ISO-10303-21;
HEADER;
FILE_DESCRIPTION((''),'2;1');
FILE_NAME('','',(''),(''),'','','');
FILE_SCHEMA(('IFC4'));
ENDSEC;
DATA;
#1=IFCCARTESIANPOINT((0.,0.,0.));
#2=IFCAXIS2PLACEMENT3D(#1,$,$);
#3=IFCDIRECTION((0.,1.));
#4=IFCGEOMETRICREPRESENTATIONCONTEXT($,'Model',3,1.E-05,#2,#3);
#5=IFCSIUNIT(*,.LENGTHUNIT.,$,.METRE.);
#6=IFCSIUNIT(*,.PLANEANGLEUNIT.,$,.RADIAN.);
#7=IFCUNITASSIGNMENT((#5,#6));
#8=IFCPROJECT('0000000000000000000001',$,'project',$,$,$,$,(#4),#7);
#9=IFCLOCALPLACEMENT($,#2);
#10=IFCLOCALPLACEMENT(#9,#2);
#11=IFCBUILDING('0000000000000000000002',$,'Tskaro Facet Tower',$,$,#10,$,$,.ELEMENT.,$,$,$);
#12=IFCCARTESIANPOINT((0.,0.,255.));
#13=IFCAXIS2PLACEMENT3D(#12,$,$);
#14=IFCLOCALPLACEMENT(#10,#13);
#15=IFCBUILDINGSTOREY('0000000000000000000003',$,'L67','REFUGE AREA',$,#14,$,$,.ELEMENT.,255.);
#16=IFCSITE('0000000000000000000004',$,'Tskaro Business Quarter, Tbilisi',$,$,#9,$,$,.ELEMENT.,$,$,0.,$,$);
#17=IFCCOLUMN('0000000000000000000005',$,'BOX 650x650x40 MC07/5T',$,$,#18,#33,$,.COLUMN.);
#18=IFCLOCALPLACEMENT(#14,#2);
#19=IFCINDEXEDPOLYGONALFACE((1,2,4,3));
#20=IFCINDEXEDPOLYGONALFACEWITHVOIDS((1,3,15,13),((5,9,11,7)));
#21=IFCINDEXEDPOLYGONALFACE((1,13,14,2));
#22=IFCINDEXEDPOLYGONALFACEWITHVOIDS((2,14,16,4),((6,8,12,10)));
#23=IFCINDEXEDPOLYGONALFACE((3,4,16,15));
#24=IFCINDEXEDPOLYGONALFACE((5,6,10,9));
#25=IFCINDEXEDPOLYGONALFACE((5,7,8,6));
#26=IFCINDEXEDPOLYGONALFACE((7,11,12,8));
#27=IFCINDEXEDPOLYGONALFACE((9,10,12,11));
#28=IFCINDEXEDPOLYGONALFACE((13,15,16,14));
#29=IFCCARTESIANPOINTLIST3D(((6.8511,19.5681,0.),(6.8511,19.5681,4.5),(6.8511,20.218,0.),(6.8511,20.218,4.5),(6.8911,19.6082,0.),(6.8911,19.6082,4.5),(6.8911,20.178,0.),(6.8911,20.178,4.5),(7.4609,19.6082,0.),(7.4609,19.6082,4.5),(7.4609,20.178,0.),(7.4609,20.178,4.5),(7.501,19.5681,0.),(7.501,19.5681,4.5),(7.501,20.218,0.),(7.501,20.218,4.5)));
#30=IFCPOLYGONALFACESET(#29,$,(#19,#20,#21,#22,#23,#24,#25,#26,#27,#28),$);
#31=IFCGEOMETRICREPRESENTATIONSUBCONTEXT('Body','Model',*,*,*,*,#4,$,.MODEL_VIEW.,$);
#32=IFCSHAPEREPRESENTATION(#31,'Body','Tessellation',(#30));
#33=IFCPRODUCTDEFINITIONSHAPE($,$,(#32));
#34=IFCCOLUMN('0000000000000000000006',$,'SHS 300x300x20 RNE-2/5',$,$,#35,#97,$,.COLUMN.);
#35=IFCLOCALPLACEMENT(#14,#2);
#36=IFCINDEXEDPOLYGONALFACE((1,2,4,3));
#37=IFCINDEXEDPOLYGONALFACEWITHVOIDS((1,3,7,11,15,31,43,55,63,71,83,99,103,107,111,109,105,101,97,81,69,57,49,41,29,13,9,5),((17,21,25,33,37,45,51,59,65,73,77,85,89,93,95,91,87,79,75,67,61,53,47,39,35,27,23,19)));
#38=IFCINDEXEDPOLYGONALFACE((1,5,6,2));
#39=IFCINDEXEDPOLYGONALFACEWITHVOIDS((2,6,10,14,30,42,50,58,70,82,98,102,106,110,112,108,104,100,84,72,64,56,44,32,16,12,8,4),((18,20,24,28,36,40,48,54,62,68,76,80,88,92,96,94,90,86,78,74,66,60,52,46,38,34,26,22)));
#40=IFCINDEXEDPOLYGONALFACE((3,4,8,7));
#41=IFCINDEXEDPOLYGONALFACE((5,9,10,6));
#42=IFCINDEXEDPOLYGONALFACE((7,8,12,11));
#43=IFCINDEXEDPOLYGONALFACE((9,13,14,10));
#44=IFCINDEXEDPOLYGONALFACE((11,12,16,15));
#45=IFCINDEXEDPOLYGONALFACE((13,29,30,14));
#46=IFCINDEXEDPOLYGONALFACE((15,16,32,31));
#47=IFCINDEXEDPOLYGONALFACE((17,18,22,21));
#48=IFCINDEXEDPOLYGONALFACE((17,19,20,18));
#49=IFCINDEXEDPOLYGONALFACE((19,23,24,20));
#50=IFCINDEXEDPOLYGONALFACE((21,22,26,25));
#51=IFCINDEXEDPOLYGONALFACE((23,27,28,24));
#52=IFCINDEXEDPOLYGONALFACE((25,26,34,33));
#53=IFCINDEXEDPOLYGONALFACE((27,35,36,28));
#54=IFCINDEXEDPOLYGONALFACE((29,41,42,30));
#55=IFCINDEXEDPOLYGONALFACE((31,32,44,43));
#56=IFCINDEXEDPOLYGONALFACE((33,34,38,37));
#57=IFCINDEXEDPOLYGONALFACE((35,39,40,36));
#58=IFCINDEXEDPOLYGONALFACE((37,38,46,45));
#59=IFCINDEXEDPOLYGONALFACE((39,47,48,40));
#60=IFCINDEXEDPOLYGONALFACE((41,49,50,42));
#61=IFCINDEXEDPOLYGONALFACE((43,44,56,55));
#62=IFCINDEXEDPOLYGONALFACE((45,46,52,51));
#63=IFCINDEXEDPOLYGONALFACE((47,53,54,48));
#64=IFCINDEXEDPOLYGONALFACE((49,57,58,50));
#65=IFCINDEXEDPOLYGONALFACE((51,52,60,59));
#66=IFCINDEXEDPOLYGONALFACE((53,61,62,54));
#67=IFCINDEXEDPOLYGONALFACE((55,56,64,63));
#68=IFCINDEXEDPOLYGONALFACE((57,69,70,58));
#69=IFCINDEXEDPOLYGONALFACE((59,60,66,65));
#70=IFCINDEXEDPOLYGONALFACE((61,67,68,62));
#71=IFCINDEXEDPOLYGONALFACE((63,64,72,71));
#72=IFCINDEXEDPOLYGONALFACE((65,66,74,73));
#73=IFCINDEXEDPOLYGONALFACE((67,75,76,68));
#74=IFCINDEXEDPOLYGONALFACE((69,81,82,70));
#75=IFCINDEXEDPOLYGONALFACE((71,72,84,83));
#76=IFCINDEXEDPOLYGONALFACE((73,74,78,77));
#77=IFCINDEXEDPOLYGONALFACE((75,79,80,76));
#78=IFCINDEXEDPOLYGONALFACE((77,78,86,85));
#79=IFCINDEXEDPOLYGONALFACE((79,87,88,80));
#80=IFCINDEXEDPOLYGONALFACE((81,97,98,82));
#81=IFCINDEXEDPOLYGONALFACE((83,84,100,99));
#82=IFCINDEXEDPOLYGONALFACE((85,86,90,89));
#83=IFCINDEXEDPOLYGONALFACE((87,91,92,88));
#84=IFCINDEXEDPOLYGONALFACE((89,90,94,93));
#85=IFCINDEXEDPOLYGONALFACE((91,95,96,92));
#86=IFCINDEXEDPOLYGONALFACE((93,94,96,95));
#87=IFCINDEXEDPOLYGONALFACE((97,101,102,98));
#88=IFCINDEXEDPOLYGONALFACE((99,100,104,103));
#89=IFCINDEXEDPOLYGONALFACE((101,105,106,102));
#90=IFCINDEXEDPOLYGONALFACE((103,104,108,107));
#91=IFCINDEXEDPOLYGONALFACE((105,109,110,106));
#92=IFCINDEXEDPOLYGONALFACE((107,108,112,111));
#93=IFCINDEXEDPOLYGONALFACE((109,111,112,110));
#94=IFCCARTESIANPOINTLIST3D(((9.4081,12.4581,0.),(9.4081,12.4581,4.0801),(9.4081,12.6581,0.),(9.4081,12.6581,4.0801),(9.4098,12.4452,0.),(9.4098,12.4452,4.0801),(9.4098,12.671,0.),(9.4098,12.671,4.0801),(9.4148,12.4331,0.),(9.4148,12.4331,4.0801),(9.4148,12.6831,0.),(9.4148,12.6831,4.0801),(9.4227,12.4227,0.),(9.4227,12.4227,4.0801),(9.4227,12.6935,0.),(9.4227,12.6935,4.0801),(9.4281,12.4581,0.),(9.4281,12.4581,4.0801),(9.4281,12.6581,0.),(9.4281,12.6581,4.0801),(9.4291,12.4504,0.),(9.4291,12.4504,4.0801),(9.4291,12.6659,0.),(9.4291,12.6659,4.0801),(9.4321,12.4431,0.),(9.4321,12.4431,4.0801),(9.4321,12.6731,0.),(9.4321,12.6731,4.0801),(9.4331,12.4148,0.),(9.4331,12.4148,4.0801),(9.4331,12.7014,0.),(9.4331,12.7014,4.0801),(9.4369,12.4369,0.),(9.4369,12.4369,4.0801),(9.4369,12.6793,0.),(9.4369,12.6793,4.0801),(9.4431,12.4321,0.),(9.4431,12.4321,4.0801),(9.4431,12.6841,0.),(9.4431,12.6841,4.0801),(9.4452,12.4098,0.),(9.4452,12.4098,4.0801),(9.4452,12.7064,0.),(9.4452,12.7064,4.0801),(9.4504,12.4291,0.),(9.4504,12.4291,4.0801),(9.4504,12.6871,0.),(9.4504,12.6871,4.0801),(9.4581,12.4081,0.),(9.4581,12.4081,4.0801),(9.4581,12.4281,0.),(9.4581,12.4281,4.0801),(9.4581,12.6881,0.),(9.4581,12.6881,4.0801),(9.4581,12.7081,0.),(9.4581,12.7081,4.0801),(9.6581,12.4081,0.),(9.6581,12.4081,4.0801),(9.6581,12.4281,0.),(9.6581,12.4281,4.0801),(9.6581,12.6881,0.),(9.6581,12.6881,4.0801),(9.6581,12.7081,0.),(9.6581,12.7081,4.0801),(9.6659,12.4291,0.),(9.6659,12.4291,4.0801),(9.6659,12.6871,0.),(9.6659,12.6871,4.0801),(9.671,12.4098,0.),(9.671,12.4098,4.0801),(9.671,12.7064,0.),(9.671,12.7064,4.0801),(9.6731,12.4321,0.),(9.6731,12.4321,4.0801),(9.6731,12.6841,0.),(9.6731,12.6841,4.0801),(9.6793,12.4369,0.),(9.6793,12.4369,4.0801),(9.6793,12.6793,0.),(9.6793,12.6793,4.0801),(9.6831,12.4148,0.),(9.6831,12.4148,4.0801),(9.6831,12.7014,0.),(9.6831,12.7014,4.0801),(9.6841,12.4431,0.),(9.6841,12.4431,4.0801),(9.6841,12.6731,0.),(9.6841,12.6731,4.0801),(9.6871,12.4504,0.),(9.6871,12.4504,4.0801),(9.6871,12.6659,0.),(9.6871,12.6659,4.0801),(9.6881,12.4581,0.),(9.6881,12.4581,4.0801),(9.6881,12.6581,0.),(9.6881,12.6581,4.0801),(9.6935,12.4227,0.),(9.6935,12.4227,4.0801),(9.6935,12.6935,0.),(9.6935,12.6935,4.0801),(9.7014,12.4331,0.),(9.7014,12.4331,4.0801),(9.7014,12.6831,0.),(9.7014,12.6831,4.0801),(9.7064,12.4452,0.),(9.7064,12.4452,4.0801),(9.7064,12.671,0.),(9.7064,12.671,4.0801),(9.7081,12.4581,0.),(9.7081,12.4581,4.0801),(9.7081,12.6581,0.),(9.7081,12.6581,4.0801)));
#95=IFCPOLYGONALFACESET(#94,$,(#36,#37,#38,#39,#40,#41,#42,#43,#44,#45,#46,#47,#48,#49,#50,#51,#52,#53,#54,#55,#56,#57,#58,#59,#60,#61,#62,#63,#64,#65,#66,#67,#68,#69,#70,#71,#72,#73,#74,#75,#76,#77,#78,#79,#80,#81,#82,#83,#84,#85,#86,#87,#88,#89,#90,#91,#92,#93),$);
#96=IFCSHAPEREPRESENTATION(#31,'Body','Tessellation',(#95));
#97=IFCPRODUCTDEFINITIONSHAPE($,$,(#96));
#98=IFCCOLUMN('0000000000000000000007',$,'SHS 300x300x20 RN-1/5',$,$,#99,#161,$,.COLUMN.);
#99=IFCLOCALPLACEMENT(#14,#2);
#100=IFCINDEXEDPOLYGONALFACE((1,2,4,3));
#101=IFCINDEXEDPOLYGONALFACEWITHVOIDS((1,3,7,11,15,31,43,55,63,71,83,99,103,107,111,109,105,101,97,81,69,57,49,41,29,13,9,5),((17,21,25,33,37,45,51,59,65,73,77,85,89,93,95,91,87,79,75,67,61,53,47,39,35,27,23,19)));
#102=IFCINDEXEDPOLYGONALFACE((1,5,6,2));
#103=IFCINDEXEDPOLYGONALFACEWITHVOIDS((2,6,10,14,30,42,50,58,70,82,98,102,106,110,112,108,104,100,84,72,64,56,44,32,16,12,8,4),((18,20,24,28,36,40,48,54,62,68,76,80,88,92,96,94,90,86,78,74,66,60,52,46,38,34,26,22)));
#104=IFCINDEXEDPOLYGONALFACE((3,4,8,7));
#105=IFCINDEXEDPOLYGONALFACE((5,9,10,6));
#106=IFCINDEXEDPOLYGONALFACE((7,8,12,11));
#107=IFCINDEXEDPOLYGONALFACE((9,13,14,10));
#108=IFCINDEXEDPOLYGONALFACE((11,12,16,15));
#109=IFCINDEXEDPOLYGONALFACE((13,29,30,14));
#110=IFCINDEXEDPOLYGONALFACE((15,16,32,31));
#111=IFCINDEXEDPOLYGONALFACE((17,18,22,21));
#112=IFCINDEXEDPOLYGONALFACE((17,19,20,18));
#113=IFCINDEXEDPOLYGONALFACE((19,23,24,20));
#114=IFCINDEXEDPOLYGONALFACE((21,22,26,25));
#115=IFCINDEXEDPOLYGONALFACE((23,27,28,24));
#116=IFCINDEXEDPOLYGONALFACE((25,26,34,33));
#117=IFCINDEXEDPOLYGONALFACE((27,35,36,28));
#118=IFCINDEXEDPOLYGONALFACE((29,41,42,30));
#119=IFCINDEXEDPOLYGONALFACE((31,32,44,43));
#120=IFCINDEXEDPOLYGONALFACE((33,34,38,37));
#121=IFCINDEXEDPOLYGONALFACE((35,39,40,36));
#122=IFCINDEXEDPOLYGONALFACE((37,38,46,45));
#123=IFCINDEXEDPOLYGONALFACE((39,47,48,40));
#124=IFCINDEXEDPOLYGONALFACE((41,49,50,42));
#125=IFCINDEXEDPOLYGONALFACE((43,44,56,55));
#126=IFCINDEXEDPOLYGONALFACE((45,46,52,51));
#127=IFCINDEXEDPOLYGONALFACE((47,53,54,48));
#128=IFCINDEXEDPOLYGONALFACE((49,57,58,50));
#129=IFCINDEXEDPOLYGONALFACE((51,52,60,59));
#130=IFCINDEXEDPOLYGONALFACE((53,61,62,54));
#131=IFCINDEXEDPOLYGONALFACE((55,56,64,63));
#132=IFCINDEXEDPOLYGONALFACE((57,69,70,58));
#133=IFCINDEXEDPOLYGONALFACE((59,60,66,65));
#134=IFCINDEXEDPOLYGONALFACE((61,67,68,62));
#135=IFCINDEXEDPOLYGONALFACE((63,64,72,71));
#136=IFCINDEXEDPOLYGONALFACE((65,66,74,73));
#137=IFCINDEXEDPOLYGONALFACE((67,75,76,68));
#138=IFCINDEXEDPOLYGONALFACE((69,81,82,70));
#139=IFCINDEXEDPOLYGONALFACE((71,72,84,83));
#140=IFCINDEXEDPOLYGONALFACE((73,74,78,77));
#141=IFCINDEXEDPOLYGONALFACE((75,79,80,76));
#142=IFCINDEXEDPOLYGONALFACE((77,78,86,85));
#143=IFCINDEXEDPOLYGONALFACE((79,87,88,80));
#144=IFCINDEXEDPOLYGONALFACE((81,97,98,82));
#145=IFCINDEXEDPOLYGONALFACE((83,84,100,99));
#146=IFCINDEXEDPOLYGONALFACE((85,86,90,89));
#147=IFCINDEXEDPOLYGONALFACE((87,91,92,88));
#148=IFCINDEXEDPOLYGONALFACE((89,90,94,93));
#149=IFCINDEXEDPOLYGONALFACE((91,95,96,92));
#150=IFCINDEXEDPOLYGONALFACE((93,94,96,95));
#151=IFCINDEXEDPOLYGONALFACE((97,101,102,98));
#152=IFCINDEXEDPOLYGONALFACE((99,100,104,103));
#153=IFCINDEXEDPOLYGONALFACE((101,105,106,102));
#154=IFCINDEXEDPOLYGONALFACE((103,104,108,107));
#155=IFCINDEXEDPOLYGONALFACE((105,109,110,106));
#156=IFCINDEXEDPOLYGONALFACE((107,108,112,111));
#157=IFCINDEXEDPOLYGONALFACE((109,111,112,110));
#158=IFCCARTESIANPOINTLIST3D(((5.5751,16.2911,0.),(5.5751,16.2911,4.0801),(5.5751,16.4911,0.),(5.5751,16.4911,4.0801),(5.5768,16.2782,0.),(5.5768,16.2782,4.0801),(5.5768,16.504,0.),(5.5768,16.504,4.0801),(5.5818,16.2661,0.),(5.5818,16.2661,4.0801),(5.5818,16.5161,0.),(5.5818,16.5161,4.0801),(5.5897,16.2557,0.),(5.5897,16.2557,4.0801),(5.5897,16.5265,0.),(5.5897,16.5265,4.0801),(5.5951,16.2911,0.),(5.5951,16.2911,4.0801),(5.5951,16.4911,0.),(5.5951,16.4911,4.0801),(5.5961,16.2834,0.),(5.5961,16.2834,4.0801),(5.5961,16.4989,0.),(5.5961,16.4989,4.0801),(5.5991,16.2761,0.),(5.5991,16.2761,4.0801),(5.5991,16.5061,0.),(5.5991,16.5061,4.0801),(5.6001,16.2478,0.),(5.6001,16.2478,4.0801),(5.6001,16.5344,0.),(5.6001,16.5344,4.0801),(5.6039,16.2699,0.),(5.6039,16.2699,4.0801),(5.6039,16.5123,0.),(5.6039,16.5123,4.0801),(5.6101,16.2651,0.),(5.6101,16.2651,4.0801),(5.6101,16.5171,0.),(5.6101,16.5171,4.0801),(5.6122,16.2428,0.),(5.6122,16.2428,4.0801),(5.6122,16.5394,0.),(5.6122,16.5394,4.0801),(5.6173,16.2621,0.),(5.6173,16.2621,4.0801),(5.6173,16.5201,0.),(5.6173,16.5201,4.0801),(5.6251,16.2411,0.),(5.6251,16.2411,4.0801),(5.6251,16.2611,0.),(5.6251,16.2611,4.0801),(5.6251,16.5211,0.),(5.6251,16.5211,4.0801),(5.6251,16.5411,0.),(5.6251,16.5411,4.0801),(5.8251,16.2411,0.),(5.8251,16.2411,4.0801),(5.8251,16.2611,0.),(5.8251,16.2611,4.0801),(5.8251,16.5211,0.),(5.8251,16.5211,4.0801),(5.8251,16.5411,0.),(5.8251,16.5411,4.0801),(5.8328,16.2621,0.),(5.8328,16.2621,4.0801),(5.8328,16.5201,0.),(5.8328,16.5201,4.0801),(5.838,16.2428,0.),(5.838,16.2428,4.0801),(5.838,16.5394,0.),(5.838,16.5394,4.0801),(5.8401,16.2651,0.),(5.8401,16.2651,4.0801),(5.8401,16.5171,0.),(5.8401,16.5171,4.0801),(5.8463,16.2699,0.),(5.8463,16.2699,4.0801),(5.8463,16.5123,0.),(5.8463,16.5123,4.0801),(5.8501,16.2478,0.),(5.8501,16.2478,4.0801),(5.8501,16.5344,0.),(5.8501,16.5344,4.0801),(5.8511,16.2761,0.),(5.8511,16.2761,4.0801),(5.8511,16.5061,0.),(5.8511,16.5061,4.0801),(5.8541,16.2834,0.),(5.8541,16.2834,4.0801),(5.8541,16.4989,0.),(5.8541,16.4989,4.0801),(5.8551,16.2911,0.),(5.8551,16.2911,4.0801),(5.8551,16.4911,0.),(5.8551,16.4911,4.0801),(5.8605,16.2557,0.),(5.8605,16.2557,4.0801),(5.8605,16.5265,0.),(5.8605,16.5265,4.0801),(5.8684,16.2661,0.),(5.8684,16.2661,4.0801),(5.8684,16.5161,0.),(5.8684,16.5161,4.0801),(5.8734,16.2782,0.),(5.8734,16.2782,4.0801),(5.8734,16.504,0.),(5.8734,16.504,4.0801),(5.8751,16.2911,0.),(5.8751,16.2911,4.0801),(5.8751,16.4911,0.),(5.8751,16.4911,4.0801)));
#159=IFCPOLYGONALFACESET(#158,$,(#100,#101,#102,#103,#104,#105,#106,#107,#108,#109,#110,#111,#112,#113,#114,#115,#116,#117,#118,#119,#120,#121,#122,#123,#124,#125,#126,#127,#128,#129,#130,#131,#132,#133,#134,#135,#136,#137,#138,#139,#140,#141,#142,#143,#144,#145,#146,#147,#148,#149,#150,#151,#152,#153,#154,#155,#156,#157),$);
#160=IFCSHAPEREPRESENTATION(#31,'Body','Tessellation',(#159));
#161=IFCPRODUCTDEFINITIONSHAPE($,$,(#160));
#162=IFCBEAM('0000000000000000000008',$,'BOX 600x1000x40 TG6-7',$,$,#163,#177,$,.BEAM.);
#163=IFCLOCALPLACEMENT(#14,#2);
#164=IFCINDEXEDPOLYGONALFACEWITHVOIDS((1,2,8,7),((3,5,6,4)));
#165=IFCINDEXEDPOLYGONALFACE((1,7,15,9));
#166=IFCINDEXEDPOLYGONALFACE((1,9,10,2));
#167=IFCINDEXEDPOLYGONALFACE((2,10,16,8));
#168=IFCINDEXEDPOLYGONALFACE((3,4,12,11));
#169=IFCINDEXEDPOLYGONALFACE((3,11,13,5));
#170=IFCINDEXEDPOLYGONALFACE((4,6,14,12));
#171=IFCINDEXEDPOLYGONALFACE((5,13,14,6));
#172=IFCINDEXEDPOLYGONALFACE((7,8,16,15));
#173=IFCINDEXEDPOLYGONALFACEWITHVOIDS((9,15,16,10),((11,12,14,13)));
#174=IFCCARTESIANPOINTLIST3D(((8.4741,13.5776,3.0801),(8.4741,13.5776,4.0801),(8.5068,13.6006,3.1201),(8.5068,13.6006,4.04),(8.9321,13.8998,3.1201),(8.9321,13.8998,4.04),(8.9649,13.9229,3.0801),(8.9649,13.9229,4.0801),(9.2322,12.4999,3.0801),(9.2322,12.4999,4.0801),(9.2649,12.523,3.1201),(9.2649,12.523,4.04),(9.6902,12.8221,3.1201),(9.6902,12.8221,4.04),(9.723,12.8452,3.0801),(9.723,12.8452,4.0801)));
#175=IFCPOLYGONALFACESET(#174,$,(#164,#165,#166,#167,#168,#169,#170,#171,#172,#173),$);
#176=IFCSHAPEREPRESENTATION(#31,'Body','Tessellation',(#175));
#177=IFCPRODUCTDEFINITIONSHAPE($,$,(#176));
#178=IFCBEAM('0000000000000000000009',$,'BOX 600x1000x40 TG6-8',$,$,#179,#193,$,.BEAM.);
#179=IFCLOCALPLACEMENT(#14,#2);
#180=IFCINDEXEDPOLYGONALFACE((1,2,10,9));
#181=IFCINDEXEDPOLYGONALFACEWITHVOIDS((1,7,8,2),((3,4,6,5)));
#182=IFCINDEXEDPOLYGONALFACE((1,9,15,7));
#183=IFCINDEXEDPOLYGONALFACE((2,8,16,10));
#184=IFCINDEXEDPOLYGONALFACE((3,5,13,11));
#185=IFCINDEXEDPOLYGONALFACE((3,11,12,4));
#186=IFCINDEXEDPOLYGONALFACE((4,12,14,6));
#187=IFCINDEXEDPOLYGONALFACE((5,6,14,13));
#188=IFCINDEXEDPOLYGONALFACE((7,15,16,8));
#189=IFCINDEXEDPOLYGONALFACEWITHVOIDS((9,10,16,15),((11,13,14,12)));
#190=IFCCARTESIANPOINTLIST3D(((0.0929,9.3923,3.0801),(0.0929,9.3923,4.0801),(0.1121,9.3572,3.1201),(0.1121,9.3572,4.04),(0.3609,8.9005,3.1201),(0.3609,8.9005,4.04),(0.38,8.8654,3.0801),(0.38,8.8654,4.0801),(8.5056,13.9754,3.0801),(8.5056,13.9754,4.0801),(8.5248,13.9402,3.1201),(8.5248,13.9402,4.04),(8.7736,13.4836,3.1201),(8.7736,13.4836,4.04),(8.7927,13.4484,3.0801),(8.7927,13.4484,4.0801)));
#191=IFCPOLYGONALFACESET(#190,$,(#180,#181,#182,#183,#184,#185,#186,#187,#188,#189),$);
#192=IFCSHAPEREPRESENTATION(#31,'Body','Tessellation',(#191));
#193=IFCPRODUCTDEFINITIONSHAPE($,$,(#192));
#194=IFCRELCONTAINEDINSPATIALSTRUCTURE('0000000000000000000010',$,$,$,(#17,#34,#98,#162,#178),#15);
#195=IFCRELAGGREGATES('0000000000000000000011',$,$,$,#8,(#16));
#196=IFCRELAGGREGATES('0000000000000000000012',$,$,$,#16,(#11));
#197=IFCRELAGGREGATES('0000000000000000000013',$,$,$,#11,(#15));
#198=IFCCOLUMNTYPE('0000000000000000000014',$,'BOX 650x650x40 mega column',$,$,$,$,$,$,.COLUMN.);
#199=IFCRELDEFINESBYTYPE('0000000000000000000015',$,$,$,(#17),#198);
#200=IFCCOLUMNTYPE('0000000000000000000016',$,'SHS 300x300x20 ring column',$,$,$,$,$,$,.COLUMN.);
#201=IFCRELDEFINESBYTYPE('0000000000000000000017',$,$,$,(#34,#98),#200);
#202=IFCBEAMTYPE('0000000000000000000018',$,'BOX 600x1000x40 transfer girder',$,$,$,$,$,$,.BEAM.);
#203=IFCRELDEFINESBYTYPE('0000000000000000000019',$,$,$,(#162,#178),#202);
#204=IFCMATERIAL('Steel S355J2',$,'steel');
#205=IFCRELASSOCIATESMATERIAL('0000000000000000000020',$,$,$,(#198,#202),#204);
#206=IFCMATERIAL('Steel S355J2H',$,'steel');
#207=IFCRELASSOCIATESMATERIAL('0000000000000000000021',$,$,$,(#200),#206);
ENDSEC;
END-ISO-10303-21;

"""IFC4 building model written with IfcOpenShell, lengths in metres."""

from ifc_helpers import new_model, si_unit, direction, frame, origin, origin_2d, place, context, subcontext, project, spatial, hollow_rectangle, extrude, material, material_profile, profile_set, type_object, element, save


model = new_model("IFC4")

# Units and contexts
model_context = context("Model", 3, precision=1e-05, world=origin(), true_north=direction((0.0, 1.0)))
body_context = subcontext(model_context, "Body", "Model", "MODEL_VIEW")
ifc_project = project(units=[si_unit("LENGTHUNIT", "METRE"), si_unit("PLANEANGLEUNIT", "RADIAN")], contexts=[model_context])

# Site, building, storey
site_placement = place(None, origin())
site = spatial("IfcSite", under=ifc_project, at=site_placement, Name="Tskaro Business Quarter, Tbilisi", CompositionType="ELEMENT", RefElevation=0.0)
building_placement = place(site_placement, origin())
building = spatial("IfcBuilding", under=site, at=building_placement, Name="Tskaro Facet Tower", CompositionType="ELEMENT")
storey_placement = place(building_placement, frame((0.0, 0.0, 255.0)))
storey = spatial("IfcBuildingStorey", under=building, at=storey_placement, Name="L67", Description="REFUGE AREA", CompositionType="ELEMENT", Elevation=255.0)

# Columns
ifc_material_1 = material(Name="Steel S355J2", Category="steel")
ifc_material_profile_1 = material_profile(ifc_material_1, hollow_rectangle(XDim=0.6499, YDim=0.6499, WallThickness=0.04, at=origin_2d()), Name="BOX 650x650x40")
ifc_profile_set_1 = profile_set([ifc_material_profile_1], Name="Steel S355J2")
column_type_1 = type_object("IfcColumnType", Name="BOX 650x650x40 mega column", PredefinedType="COLUMN", material=ifc_profile_set_1)
column_placement = place(storey_placement, frame((7.176, 19.8931, 0.0), z_axis=(0.0, 0.0, 1.0), x_axis=(1.0, 0.0, 0.0)))
element("IfcColumn", 1, at=column_placement, inside=storey, type_object=column_type_1, Name="BOX 650x650x40 MC07/5T", PredefinedType="COLUMN", context=body_context, shape_type="SweptSolid", body=[
    extrude(hollow_rectangle(XDim=0.6499, YDim=0.6499, WallThickness=0.04, at=origin_2d()), origin(), (0.0, 0.0, 1.0), 4.5),
])
ifc_material_2 = material(Name="Steel S355J2H", Category="steel")
ifc_material_profile_2 = material_profile(ifc_material_2, hollow_rectangle(XDim=0.3, YDim=0.3, WallThickness=0.02, InnerFilletRadius=0.03, OuterFilletRadius=0.05, at=origin_2d()), Name="SHS 300x300x20")
ifc_profile_set_2 = profile_set([ifc_material_profile_2], Name="Steel S355J2H")
column_type_2 = type_object("IfcColumnType", Name="SHS 300x300x20 ring column", PredefinedType="COLUMN", material=ifc_profile_set_2)
for number, where, z_axis, x_axis, name in (
    (2, (9.5581, 12.5581, 0.0), (0.0, 0.0, 1.0), (1.0, 0.0, 0.0), "SHS 300x300x20 RNE-2/5"),
    (3, (5.7251, 16.3911, 0.0), (0.0, 0.0, 1.0), (1.0, 0.0, 0.0), "SHS 300x300x20 RN-1/5"),
):
    element("IfcColumn", number, at=place(storey_placement, frame(where, z_axis=z_axis, x_axis=x_axis)), inside=storey, type_object=column_type_2, Name=name, PredefinedType="COLUMN", context=body_context, shape_type="SweptSolid", body=[
        extrude(hollow_rectangle(XDim=0.3, YDim=0.3, WallThickness=0.02, InnerFilletRadius=0.03, OuterFilletRadius=0.05, at=origin_2d()), origin(), (0.0, 0.0, 1.0), 4.0801),
    ])

# Beams
ifc_material_profile_3 = material_profile(ifc_material_1, hollow_rectangle(XDim=0.6001, YDim=1.0, WallThickness=0.04, at=origin_2d()), Name="BOX 600x1000x40")
ifc_profile_set_3 = profile_set([ifc_material_profile_3], Name="Steel S355J2")
beam_type_1 = type_object("IfcBeamType", Name="BOX 600x1000x40 transfer girder", PredefinedType="BEAM", material=ifc_profile_set_3)
beam_1_placement = place(storey_placement, frame((8.7195, 13.7502, 3.5801), z_axis=(0.575351, -0.817907, 0.0), x_axis=(0.817907, 0.575351, 0.0)))
element("IfcBeam", 4, at=beam_1_placement, inside=storey, type_object=beam_type_1, Name="BOX 600x1000x40 TG6-7", PredefinedType="BEAM", context=body_context, shape_type="SweptSolid", body=[
    extrude(hollow_rectangle(XDim=0.6001, YDim=1.0, WallThickness=0.04, at=origin_2d()), origin(), (0.0, 0.0, 1.0), 1.3176),
])
beam_2_placement = place(storey_placement, frame((8.6492, 13.7119, 3.5801), z_axis=(-0.878145, -0.478395, 0.0), x_axis=(0.478395, -0.878145, 0.0)))
element("IfcBeam", 5, at=beam_2_placement, inside=storey, type_object=beam_type_1, Name="BOX 600x1000x40 TG6-8", PredefinedType="BEAM", context=body_context, shape_type="SweptSolid", body=[
    extrude(hollow_rectangle(XDim=0.6001, YDim=1.0, WallThickness=0.04, at=origin_2d()), origin(), (0.0, 0.0, 1.0), 9.5801),
])

save(model, "model.ifc")
